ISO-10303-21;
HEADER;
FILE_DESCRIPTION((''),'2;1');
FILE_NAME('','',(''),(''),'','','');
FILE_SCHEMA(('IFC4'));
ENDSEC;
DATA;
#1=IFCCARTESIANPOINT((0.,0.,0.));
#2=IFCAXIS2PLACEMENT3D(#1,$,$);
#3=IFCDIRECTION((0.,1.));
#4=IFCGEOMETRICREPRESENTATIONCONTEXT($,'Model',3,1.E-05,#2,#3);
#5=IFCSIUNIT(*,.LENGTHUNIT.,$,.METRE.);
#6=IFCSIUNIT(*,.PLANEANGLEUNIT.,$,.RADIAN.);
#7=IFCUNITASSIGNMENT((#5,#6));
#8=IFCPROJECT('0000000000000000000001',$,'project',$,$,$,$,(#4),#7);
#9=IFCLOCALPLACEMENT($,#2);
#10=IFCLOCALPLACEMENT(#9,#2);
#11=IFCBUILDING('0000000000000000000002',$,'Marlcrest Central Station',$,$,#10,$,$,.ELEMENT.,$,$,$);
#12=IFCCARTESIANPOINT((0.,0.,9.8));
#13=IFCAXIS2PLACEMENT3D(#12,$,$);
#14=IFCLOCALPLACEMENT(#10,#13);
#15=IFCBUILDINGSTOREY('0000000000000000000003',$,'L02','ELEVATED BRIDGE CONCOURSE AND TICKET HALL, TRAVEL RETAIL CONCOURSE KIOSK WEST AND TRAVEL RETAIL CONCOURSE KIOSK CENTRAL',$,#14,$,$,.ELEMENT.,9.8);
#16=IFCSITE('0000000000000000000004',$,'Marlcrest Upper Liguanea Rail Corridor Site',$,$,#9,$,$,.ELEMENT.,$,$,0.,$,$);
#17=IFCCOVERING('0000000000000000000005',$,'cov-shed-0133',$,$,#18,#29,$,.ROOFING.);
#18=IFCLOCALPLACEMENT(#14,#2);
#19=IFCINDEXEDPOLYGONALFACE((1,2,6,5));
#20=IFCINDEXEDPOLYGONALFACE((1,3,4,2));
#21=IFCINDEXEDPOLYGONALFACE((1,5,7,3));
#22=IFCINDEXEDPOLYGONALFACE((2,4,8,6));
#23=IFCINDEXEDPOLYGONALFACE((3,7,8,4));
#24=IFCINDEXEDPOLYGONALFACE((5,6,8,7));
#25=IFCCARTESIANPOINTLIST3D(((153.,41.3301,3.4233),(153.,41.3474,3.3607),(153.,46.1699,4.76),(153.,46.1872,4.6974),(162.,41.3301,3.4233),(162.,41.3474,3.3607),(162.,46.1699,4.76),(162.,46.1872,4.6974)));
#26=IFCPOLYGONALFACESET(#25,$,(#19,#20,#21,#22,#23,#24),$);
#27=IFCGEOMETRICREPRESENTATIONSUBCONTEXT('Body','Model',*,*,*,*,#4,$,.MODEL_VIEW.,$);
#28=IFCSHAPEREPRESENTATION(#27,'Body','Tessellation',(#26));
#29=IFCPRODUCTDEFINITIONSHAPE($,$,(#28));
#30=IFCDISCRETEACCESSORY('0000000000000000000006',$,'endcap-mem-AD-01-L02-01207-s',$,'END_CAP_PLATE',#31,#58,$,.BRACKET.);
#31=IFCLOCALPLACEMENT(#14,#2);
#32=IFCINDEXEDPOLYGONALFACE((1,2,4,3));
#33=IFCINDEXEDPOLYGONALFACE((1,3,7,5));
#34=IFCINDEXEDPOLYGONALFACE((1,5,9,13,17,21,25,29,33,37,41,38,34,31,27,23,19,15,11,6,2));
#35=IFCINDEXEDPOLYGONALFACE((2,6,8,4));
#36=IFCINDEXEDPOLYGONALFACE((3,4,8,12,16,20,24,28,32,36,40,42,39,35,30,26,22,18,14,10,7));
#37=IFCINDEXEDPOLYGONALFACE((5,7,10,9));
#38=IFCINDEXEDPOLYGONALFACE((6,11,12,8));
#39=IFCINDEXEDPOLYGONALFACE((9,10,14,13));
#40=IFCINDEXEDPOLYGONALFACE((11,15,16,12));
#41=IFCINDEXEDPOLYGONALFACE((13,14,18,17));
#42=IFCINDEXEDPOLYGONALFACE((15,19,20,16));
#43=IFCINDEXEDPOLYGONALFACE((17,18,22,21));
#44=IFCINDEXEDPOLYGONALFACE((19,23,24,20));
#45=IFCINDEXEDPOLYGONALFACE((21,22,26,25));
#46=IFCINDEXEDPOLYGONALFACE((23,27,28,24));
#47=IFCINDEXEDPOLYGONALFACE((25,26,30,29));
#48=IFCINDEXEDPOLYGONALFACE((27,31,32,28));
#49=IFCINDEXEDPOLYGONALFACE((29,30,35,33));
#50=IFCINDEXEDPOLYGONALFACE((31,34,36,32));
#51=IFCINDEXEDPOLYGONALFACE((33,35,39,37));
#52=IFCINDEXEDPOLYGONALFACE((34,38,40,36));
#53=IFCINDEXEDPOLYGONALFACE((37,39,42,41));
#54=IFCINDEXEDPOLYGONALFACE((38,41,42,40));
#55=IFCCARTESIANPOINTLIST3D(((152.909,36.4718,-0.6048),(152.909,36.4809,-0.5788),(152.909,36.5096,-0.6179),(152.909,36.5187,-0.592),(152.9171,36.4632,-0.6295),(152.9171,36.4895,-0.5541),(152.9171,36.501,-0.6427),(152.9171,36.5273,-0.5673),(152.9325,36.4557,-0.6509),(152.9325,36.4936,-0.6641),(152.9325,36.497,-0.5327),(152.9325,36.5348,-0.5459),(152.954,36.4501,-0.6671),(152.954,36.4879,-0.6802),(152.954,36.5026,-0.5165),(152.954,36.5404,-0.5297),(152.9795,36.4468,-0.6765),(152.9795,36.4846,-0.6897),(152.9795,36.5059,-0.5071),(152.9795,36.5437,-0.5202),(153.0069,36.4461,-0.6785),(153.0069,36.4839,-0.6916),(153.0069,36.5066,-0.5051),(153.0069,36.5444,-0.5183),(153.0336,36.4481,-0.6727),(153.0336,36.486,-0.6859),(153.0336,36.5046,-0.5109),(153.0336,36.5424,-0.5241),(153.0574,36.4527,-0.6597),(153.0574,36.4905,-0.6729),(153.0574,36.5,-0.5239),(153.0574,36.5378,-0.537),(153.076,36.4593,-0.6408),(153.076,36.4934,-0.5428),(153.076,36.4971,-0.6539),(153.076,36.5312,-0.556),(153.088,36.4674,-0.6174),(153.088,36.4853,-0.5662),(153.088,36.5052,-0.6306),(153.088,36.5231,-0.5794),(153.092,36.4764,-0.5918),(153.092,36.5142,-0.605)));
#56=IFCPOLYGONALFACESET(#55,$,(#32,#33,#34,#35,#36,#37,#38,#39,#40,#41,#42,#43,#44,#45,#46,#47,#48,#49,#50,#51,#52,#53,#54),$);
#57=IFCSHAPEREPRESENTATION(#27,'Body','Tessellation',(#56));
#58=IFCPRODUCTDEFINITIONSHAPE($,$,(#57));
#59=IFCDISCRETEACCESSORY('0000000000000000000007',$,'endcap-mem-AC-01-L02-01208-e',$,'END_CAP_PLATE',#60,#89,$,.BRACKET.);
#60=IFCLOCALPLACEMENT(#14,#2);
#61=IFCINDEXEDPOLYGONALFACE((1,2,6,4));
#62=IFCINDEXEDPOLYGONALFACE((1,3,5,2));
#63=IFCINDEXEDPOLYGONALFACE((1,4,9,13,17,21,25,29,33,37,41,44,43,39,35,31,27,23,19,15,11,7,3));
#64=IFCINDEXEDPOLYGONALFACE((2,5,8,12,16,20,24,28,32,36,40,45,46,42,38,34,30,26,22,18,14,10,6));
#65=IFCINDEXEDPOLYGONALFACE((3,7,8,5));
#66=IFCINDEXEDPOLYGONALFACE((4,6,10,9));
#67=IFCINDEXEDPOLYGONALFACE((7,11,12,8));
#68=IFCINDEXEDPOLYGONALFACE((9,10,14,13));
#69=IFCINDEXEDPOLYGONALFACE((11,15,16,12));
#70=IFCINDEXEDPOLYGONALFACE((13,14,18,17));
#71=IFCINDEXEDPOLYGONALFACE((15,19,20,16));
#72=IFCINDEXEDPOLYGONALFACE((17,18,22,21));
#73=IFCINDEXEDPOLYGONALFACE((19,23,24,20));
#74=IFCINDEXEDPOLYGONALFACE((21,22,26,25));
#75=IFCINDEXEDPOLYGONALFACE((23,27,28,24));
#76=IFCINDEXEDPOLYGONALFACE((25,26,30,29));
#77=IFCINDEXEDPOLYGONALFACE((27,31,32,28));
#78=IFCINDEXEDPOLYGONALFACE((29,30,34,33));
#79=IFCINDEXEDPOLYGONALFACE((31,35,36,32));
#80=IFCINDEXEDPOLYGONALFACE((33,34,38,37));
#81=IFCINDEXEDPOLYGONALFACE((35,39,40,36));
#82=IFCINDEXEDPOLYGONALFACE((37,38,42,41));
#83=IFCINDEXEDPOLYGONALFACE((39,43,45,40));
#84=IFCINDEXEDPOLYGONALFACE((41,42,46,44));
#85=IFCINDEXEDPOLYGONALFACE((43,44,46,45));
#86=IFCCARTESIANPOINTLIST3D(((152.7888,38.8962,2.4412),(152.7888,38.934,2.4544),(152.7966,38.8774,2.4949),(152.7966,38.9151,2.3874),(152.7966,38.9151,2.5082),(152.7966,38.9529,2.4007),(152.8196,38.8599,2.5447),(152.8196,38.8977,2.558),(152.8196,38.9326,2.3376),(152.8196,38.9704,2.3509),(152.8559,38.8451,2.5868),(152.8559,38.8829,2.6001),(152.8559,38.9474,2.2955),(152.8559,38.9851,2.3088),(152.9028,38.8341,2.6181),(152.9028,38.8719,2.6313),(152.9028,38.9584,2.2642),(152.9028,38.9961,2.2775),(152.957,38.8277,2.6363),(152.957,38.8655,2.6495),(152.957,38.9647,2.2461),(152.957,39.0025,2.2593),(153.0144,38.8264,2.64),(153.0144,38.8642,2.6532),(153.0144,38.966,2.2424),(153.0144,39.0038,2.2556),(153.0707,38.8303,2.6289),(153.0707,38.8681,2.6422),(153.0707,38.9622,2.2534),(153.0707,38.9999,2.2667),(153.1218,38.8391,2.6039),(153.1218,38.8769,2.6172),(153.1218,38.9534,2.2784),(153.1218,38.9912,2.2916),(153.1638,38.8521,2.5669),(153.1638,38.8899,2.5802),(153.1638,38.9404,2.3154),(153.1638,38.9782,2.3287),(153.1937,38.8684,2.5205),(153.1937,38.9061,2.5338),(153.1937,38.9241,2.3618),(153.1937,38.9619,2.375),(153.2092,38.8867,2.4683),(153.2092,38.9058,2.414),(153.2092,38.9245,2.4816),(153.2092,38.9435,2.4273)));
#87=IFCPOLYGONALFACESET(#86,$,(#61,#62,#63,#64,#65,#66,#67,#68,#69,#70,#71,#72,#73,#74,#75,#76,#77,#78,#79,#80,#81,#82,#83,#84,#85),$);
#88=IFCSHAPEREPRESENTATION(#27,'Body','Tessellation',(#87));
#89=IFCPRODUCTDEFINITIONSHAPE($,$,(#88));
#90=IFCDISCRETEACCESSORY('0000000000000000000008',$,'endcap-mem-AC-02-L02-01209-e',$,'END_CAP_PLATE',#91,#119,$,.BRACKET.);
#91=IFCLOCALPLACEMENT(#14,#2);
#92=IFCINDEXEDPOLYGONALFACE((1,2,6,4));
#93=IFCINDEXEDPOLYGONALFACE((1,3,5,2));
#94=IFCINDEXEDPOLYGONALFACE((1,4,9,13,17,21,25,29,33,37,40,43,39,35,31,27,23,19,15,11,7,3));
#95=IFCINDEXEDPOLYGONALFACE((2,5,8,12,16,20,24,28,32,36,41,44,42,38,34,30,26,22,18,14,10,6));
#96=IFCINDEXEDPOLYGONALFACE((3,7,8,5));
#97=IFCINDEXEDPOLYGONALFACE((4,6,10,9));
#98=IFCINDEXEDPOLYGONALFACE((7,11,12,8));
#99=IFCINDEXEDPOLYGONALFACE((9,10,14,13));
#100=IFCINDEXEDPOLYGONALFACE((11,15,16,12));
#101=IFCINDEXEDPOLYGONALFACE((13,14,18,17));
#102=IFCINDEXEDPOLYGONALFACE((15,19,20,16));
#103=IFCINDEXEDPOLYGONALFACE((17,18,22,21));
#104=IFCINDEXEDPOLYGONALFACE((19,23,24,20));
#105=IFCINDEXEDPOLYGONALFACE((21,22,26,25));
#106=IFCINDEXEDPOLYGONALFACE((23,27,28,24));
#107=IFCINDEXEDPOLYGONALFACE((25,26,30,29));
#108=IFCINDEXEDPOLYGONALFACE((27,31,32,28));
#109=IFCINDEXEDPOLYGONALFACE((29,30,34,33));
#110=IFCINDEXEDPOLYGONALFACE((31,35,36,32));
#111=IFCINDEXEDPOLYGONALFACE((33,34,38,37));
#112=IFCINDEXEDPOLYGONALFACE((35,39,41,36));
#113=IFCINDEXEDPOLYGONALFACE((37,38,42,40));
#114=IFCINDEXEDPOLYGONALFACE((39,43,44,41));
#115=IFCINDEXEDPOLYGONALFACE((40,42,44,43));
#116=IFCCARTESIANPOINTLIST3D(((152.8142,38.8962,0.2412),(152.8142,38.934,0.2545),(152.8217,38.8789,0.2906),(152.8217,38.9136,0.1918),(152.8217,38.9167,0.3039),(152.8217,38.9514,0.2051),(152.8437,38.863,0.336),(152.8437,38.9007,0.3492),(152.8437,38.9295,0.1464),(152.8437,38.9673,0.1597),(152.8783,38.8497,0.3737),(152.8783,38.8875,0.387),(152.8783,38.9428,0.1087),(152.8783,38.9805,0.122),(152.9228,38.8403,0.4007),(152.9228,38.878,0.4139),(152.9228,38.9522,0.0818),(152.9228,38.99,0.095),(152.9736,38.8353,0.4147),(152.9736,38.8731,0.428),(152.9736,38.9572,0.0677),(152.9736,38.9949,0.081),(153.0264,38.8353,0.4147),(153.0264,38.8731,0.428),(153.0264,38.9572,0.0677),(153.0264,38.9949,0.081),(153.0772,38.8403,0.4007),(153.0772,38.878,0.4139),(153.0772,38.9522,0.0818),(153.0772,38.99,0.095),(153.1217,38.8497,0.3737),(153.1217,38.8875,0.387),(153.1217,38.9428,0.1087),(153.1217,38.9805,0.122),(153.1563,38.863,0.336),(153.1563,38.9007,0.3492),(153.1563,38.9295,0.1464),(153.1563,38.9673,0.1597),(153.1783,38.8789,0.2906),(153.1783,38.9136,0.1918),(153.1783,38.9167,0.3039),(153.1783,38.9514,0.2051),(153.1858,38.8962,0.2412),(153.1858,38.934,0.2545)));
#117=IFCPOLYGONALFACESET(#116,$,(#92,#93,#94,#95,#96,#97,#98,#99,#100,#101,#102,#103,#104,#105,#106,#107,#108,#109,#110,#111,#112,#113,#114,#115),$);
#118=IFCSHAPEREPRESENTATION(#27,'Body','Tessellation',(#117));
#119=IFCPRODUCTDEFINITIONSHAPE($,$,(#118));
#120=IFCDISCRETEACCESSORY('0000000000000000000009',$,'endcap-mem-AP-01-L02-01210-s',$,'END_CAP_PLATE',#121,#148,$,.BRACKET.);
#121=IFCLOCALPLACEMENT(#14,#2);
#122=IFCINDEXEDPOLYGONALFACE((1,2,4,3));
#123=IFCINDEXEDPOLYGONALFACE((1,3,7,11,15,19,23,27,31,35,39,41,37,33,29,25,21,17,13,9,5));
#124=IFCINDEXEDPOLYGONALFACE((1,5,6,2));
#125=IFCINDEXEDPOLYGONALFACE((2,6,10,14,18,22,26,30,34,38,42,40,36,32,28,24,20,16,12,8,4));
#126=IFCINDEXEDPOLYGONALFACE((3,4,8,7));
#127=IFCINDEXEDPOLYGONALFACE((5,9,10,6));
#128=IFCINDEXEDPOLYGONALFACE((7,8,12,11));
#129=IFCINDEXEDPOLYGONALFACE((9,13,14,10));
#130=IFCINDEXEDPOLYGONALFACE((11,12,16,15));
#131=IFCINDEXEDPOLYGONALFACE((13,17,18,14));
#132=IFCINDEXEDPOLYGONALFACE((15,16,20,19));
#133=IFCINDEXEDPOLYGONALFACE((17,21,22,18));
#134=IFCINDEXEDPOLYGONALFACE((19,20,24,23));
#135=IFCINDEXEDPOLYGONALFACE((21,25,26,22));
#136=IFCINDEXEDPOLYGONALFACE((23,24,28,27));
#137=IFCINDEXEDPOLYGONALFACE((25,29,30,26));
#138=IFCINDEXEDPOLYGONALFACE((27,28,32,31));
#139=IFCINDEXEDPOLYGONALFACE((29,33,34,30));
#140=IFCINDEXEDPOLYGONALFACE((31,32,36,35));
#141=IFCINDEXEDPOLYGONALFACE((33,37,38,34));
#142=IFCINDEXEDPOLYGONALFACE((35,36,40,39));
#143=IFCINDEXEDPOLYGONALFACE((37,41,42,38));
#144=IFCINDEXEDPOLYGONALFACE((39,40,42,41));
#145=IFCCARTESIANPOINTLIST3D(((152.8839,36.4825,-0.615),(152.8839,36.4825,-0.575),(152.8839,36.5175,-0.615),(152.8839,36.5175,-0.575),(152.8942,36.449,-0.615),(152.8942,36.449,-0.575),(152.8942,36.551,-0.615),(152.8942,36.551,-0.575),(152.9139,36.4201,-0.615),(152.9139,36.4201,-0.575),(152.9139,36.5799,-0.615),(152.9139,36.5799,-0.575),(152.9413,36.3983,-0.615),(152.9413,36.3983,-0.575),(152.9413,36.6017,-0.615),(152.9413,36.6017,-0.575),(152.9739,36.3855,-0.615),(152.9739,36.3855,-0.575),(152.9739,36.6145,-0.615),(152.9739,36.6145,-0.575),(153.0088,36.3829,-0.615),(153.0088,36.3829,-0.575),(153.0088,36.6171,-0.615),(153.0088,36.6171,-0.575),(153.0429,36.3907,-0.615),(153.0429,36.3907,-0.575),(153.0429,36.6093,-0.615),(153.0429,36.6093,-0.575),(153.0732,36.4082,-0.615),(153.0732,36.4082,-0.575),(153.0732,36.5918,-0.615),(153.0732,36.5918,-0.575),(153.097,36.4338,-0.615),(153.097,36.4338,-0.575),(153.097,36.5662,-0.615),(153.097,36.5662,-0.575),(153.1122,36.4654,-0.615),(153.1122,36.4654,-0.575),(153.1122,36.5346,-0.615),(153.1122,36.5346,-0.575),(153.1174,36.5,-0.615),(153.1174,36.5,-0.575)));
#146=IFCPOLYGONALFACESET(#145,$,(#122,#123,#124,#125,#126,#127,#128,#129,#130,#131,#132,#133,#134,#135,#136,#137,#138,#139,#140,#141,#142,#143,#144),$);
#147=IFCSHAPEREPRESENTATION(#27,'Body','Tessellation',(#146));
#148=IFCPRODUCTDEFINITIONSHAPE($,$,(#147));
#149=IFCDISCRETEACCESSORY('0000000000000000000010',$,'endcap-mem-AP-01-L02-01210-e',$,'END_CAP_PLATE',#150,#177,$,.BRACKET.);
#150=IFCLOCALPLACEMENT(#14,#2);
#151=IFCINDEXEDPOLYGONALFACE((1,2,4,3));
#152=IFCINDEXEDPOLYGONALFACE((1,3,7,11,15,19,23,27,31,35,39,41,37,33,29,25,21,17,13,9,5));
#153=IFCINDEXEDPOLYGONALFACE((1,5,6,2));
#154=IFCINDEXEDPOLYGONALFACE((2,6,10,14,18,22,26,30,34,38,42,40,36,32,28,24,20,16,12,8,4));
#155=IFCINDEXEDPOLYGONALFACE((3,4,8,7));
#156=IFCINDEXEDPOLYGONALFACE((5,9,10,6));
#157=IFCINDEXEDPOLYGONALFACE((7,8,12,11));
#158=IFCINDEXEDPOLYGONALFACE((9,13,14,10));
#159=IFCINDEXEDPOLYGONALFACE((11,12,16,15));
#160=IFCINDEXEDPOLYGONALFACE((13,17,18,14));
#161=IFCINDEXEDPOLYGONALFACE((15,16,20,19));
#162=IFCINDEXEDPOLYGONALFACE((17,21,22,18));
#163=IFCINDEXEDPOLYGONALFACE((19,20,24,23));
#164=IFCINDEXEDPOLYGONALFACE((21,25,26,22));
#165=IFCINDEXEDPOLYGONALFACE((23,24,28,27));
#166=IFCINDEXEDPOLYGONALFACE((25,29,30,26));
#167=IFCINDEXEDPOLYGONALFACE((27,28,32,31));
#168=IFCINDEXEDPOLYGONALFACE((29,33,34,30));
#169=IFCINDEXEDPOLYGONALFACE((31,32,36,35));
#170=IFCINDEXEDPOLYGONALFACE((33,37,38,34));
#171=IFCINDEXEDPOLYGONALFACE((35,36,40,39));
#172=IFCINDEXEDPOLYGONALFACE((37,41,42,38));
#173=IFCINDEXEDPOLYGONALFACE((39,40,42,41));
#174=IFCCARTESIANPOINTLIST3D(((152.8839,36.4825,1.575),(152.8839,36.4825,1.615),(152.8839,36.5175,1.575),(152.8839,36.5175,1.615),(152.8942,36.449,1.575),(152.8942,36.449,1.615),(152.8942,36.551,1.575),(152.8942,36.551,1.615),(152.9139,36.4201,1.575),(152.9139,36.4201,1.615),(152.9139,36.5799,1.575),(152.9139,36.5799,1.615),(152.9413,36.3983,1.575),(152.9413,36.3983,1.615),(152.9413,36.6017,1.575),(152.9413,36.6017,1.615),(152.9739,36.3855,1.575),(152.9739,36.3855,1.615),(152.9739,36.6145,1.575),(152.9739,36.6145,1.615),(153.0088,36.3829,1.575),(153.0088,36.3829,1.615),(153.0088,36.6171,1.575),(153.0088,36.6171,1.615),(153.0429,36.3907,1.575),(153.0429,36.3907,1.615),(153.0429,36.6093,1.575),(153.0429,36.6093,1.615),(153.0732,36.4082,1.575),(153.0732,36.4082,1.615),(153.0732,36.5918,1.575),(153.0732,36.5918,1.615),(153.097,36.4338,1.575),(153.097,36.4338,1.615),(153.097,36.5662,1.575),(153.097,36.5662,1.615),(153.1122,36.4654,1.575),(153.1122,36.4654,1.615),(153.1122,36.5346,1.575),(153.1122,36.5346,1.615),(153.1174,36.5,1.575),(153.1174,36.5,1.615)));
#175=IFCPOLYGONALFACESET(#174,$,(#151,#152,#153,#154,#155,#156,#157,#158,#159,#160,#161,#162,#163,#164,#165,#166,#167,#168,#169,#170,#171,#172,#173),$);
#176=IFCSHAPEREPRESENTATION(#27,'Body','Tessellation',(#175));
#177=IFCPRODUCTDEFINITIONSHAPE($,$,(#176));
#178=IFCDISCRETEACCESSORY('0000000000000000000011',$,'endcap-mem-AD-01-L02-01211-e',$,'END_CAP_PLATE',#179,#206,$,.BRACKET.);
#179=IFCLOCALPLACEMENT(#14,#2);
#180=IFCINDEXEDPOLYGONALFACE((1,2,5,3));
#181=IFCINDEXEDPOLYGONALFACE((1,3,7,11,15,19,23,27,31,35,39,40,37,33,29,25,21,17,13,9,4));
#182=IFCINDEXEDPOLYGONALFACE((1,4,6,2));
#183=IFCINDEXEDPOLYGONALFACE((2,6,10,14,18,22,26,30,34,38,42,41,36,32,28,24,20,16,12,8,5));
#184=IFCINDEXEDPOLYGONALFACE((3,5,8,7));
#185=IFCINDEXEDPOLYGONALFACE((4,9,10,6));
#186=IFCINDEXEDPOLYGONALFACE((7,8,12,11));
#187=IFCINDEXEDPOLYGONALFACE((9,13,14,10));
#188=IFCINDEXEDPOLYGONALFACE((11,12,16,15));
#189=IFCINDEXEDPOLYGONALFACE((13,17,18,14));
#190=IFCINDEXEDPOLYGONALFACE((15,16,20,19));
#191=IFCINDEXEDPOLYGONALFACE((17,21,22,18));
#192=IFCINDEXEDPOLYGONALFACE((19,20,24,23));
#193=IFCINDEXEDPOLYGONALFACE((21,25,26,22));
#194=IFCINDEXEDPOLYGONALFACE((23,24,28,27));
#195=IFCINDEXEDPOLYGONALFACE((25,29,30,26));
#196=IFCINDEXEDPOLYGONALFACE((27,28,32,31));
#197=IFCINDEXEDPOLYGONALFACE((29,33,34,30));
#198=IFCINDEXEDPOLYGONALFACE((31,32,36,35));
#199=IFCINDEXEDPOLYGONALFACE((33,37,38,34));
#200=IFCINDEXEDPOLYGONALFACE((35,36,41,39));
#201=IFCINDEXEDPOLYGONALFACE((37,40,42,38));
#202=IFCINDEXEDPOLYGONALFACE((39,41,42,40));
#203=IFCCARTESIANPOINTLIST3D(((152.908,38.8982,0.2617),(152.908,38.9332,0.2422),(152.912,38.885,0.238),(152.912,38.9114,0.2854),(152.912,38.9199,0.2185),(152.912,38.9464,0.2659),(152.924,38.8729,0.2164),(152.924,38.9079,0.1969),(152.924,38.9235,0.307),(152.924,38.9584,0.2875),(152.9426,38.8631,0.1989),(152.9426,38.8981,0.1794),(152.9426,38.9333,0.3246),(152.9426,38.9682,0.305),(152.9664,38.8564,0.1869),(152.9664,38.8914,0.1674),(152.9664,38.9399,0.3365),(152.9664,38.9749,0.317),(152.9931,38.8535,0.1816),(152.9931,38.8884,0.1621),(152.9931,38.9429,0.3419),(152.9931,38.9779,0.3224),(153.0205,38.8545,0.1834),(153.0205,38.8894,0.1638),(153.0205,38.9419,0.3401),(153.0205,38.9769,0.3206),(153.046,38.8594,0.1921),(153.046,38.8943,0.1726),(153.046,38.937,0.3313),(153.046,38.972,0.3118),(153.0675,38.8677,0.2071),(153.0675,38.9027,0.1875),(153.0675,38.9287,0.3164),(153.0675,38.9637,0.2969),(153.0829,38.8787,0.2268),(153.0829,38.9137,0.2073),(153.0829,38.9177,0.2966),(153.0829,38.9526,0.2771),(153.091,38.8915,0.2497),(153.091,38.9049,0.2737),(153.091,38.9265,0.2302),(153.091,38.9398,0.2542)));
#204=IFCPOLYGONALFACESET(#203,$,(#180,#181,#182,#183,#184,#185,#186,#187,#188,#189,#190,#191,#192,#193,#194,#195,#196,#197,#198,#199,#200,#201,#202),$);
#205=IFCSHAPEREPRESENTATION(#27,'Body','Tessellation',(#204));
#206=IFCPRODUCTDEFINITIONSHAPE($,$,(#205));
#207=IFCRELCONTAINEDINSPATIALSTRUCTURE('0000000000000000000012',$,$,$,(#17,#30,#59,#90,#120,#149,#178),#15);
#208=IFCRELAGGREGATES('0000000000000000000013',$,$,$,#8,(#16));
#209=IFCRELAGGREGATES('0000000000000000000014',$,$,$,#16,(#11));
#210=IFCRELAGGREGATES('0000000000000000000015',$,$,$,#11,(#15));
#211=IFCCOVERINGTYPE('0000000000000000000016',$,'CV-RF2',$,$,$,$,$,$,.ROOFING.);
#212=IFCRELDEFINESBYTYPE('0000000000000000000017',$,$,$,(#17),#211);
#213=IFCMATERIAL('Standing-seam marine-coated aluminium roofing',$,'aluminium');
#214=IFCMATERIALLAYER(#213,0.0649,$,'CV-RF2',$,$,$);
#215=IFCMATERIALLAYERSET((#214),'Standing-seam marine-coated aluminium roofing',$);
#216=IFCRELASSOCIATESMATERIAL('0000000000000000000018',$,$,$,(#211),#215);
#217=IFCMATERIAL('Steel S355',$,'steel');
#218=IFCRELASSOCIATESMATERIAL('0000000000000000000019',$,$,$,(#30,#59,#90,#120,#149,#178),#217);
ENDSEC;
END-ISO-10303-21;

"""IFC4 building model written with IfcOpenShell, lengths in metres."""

from ifc_helpers import new_model, si_unit, direction, frame, origin, origin_2d, place, context, subcontext, project, spatial, polyline, circle, outline, extrude, material, layer, layer_set, type_object, element, save


model = new_model("IFC4")

# Units and contexts
model_context = context("Model", 3, precision=1e-05, world=origin(), true_north=direction((0.0, 1.0)))
body_context = subcontext(model_context, "Body", "Model", "MODEL_VIEW")
ifc_project = project(units=[si_unit("LENGTHUNIT", "METRE"), si_unit("PLANEANGLEUNIT", "RADIAN")], contexts=[model_context])

# Site, building, storey
site_placement = place(None, origin())
site = spatial("IfcSite", under=ifc_project, at=site_placement, Name="Marlcrest Upper Liguanea Rail Corridor Site", CompositionType="ELEMENT", RefElevation=0.0)
building_placement = place(site_placement, origin())
building = spatial("IfcBuilding", under=site, at=building_placement, Name="Marlcrest Central Station", CompositionType="ELEMENT")
storey_placement = place(building_placement, frame((0.0, 0.0, 9.8)))
storey = spatial("IfcBuildingStorey", under=building, at=storey_placement, Name="L02", Description="ELEVATED BRIDGE CONCOURSE AND TICKET HALL, TRAVEL RETAIL CONCOURSE KIOSK WEST AND TRAVEL RETAIL CONCOURSE KIOSK CENTRAL", CompositionType="ELEMENT", Elevation=9.8)

# Shared definitions
ifc_material_1 = material(Name="Steel S355", Category="steel")

# Covering
ifc_material_2 = material(Name="Standing-seam marine-coated aluminium roofing", Category="aluminium")
ifc_layer_1 = layer(ifc_material_2, 0.0649, Name="CV-RF2")
ifc_layer_set_1 = layer_set([ifc_layer_1], Name="Standing-seam marine-coated aluminium roofing")
covering_type = type_object("IfcCoveringType", Name="CV-RF2", PredefinedType="ROOFING", material=ifc_layer_set_1)
covering_placement = place(storey_placement, frame((153.0, 41.3301, 3.4233), z_axis=(0.0, -0.266214, 0.963914), x_axis=(1.0, 0.0, 0.0)))
element("IfcCovering", 1, at=covering_placement, inside=storey, type_object=covering_type, Name="cov-shed-0133", PredefinedType="ROOFING", context=body_context, shape_type="SweptSolid", body=[
    extrude(outline(polyline([(0.0, 0.0), (9.0, 0.0), (9.0, 5.021), (0.0, 5.021), (0.0, 0.0)])), origin(), (0.0, 0.0, -1.0), 0.0649),
])

# Discrete accessories
discrete_accessory_1_placement = place(storey_placement, frame((153.0, 36.5142, -0.605), z_axis=(0.0, -0.94426, 0.3292), x_axis=(1.0, 0.0, 0.0)))
element("IfcDiscreteAccessory", 2, at=discrete_accessory_1_placement, inside=storey, material=ifc_material_1, Name="endcap-mem-AD-01-L02-01207-s", ObjectType="END_CAP_PLATE", PredefinedType="BRACKET", context=body_context, shape_type="SweptSolid", body=[
    extrude(circle(Radius=0.092, at=origin_2d()), origin(), (0.0, 0.0, 1.0), 0.04),
])
discrete_accessory_2_placement = place(storey_placement, frame((153.0, 38.8962, 2.4412), z_axis=(0.0, 0.943537, 0.331266), x_axis=(-1.0, 0.0, 0.0)))
element("IfcDiscreteAccessory", 3, at=discrete_accessory_2_placement, inside=storey, material=ifc_material_1, Name="endcap-mem-AC-01-L02-01208-e", ObjectType="END_CAP_PLATE", PredefinedType="BRACKET", context=body_context, shape_type="SweptSolid", body=[
    extrude(circle(Radius=0.2112, at=origin_2d()), origin(), (0.0, 0.0, 1.0), 0.04),
])
discrete_accessory_3_placement = place(storey_placement, frame((153.0, 38.8962, 0.2412), z_axis=(0.0, 0.943537, 0.331266), x_axis=(-1.0, 0.0, 0.0)))
element("IfcDiscreteAccessory", 4, at=discrete_accessory_3_placement, inside=storey, material=ifc_material_1, Name="endcap-mem-AC-02-L02-01209-e", ObjectType="END_CAP_PLATE", PredefinedType="BRACKET", context=body_context, shape_type="SweptSolid", body=[
    extrude(circle(Radius=0.1858, at=origin_2d()), origin(), (0.0, 0.0, 1.0), 0.04),
])
for number, where, z_axis, x_axis, name in (
    (5, (153.0, 36.5, -0.615), (0.0, 0.0, 1.0), (1.0, 0.0, 0.0), "endcap-mem-AP-01-L02-01210-s"),
    (6, (153.0, 36.5, 1.575), (0.0, 0.0, 1.0), (1.0, 0.0, 0.0), "endcap-mem-AP-01-L02-01210-e"),
):
    element("IfcDiscreteAccessory", number, at=place(storey_placement, frame(where, z_axis=z_axis, x_axis=x_axis)), inside=storey, material=ifc_material_1, Name=name, ObjectType="END_CAP_PLATE", PredefinedType="BRACKET", context=body_context, shape_type="SweptSolid", body=[
        extrude(circle(Radius=0.1174, at=origin_2d()), origin(), (0.0, 0.0, 1.0), 0.04),
    ])
discrete_accessory_4_placement = place(storey_placement, frame((153.0, 38.8982, 0.2617), z_axis=(0.0, 0.873246, -0.48728), x_axis=(-1.0, 0.0, 0.0)))
element("IfcDiscreteAccessory", 7, at=discrete_accessory_4_placement, inside=storey, material=ifc_material_1, Name="endcap-mem-AD-01-L02-01211-e", ObjectType="END_CAP_PLATE", PredefinedType="BRACKET", context=body_context, shape_type="SweptSolid", body=[
    extrude(circle(Radius=0.092, at=origin_2d()), origin(), (0.0, 0.0, 1.0), 0.04),
])

save(model, "model.ifc")
